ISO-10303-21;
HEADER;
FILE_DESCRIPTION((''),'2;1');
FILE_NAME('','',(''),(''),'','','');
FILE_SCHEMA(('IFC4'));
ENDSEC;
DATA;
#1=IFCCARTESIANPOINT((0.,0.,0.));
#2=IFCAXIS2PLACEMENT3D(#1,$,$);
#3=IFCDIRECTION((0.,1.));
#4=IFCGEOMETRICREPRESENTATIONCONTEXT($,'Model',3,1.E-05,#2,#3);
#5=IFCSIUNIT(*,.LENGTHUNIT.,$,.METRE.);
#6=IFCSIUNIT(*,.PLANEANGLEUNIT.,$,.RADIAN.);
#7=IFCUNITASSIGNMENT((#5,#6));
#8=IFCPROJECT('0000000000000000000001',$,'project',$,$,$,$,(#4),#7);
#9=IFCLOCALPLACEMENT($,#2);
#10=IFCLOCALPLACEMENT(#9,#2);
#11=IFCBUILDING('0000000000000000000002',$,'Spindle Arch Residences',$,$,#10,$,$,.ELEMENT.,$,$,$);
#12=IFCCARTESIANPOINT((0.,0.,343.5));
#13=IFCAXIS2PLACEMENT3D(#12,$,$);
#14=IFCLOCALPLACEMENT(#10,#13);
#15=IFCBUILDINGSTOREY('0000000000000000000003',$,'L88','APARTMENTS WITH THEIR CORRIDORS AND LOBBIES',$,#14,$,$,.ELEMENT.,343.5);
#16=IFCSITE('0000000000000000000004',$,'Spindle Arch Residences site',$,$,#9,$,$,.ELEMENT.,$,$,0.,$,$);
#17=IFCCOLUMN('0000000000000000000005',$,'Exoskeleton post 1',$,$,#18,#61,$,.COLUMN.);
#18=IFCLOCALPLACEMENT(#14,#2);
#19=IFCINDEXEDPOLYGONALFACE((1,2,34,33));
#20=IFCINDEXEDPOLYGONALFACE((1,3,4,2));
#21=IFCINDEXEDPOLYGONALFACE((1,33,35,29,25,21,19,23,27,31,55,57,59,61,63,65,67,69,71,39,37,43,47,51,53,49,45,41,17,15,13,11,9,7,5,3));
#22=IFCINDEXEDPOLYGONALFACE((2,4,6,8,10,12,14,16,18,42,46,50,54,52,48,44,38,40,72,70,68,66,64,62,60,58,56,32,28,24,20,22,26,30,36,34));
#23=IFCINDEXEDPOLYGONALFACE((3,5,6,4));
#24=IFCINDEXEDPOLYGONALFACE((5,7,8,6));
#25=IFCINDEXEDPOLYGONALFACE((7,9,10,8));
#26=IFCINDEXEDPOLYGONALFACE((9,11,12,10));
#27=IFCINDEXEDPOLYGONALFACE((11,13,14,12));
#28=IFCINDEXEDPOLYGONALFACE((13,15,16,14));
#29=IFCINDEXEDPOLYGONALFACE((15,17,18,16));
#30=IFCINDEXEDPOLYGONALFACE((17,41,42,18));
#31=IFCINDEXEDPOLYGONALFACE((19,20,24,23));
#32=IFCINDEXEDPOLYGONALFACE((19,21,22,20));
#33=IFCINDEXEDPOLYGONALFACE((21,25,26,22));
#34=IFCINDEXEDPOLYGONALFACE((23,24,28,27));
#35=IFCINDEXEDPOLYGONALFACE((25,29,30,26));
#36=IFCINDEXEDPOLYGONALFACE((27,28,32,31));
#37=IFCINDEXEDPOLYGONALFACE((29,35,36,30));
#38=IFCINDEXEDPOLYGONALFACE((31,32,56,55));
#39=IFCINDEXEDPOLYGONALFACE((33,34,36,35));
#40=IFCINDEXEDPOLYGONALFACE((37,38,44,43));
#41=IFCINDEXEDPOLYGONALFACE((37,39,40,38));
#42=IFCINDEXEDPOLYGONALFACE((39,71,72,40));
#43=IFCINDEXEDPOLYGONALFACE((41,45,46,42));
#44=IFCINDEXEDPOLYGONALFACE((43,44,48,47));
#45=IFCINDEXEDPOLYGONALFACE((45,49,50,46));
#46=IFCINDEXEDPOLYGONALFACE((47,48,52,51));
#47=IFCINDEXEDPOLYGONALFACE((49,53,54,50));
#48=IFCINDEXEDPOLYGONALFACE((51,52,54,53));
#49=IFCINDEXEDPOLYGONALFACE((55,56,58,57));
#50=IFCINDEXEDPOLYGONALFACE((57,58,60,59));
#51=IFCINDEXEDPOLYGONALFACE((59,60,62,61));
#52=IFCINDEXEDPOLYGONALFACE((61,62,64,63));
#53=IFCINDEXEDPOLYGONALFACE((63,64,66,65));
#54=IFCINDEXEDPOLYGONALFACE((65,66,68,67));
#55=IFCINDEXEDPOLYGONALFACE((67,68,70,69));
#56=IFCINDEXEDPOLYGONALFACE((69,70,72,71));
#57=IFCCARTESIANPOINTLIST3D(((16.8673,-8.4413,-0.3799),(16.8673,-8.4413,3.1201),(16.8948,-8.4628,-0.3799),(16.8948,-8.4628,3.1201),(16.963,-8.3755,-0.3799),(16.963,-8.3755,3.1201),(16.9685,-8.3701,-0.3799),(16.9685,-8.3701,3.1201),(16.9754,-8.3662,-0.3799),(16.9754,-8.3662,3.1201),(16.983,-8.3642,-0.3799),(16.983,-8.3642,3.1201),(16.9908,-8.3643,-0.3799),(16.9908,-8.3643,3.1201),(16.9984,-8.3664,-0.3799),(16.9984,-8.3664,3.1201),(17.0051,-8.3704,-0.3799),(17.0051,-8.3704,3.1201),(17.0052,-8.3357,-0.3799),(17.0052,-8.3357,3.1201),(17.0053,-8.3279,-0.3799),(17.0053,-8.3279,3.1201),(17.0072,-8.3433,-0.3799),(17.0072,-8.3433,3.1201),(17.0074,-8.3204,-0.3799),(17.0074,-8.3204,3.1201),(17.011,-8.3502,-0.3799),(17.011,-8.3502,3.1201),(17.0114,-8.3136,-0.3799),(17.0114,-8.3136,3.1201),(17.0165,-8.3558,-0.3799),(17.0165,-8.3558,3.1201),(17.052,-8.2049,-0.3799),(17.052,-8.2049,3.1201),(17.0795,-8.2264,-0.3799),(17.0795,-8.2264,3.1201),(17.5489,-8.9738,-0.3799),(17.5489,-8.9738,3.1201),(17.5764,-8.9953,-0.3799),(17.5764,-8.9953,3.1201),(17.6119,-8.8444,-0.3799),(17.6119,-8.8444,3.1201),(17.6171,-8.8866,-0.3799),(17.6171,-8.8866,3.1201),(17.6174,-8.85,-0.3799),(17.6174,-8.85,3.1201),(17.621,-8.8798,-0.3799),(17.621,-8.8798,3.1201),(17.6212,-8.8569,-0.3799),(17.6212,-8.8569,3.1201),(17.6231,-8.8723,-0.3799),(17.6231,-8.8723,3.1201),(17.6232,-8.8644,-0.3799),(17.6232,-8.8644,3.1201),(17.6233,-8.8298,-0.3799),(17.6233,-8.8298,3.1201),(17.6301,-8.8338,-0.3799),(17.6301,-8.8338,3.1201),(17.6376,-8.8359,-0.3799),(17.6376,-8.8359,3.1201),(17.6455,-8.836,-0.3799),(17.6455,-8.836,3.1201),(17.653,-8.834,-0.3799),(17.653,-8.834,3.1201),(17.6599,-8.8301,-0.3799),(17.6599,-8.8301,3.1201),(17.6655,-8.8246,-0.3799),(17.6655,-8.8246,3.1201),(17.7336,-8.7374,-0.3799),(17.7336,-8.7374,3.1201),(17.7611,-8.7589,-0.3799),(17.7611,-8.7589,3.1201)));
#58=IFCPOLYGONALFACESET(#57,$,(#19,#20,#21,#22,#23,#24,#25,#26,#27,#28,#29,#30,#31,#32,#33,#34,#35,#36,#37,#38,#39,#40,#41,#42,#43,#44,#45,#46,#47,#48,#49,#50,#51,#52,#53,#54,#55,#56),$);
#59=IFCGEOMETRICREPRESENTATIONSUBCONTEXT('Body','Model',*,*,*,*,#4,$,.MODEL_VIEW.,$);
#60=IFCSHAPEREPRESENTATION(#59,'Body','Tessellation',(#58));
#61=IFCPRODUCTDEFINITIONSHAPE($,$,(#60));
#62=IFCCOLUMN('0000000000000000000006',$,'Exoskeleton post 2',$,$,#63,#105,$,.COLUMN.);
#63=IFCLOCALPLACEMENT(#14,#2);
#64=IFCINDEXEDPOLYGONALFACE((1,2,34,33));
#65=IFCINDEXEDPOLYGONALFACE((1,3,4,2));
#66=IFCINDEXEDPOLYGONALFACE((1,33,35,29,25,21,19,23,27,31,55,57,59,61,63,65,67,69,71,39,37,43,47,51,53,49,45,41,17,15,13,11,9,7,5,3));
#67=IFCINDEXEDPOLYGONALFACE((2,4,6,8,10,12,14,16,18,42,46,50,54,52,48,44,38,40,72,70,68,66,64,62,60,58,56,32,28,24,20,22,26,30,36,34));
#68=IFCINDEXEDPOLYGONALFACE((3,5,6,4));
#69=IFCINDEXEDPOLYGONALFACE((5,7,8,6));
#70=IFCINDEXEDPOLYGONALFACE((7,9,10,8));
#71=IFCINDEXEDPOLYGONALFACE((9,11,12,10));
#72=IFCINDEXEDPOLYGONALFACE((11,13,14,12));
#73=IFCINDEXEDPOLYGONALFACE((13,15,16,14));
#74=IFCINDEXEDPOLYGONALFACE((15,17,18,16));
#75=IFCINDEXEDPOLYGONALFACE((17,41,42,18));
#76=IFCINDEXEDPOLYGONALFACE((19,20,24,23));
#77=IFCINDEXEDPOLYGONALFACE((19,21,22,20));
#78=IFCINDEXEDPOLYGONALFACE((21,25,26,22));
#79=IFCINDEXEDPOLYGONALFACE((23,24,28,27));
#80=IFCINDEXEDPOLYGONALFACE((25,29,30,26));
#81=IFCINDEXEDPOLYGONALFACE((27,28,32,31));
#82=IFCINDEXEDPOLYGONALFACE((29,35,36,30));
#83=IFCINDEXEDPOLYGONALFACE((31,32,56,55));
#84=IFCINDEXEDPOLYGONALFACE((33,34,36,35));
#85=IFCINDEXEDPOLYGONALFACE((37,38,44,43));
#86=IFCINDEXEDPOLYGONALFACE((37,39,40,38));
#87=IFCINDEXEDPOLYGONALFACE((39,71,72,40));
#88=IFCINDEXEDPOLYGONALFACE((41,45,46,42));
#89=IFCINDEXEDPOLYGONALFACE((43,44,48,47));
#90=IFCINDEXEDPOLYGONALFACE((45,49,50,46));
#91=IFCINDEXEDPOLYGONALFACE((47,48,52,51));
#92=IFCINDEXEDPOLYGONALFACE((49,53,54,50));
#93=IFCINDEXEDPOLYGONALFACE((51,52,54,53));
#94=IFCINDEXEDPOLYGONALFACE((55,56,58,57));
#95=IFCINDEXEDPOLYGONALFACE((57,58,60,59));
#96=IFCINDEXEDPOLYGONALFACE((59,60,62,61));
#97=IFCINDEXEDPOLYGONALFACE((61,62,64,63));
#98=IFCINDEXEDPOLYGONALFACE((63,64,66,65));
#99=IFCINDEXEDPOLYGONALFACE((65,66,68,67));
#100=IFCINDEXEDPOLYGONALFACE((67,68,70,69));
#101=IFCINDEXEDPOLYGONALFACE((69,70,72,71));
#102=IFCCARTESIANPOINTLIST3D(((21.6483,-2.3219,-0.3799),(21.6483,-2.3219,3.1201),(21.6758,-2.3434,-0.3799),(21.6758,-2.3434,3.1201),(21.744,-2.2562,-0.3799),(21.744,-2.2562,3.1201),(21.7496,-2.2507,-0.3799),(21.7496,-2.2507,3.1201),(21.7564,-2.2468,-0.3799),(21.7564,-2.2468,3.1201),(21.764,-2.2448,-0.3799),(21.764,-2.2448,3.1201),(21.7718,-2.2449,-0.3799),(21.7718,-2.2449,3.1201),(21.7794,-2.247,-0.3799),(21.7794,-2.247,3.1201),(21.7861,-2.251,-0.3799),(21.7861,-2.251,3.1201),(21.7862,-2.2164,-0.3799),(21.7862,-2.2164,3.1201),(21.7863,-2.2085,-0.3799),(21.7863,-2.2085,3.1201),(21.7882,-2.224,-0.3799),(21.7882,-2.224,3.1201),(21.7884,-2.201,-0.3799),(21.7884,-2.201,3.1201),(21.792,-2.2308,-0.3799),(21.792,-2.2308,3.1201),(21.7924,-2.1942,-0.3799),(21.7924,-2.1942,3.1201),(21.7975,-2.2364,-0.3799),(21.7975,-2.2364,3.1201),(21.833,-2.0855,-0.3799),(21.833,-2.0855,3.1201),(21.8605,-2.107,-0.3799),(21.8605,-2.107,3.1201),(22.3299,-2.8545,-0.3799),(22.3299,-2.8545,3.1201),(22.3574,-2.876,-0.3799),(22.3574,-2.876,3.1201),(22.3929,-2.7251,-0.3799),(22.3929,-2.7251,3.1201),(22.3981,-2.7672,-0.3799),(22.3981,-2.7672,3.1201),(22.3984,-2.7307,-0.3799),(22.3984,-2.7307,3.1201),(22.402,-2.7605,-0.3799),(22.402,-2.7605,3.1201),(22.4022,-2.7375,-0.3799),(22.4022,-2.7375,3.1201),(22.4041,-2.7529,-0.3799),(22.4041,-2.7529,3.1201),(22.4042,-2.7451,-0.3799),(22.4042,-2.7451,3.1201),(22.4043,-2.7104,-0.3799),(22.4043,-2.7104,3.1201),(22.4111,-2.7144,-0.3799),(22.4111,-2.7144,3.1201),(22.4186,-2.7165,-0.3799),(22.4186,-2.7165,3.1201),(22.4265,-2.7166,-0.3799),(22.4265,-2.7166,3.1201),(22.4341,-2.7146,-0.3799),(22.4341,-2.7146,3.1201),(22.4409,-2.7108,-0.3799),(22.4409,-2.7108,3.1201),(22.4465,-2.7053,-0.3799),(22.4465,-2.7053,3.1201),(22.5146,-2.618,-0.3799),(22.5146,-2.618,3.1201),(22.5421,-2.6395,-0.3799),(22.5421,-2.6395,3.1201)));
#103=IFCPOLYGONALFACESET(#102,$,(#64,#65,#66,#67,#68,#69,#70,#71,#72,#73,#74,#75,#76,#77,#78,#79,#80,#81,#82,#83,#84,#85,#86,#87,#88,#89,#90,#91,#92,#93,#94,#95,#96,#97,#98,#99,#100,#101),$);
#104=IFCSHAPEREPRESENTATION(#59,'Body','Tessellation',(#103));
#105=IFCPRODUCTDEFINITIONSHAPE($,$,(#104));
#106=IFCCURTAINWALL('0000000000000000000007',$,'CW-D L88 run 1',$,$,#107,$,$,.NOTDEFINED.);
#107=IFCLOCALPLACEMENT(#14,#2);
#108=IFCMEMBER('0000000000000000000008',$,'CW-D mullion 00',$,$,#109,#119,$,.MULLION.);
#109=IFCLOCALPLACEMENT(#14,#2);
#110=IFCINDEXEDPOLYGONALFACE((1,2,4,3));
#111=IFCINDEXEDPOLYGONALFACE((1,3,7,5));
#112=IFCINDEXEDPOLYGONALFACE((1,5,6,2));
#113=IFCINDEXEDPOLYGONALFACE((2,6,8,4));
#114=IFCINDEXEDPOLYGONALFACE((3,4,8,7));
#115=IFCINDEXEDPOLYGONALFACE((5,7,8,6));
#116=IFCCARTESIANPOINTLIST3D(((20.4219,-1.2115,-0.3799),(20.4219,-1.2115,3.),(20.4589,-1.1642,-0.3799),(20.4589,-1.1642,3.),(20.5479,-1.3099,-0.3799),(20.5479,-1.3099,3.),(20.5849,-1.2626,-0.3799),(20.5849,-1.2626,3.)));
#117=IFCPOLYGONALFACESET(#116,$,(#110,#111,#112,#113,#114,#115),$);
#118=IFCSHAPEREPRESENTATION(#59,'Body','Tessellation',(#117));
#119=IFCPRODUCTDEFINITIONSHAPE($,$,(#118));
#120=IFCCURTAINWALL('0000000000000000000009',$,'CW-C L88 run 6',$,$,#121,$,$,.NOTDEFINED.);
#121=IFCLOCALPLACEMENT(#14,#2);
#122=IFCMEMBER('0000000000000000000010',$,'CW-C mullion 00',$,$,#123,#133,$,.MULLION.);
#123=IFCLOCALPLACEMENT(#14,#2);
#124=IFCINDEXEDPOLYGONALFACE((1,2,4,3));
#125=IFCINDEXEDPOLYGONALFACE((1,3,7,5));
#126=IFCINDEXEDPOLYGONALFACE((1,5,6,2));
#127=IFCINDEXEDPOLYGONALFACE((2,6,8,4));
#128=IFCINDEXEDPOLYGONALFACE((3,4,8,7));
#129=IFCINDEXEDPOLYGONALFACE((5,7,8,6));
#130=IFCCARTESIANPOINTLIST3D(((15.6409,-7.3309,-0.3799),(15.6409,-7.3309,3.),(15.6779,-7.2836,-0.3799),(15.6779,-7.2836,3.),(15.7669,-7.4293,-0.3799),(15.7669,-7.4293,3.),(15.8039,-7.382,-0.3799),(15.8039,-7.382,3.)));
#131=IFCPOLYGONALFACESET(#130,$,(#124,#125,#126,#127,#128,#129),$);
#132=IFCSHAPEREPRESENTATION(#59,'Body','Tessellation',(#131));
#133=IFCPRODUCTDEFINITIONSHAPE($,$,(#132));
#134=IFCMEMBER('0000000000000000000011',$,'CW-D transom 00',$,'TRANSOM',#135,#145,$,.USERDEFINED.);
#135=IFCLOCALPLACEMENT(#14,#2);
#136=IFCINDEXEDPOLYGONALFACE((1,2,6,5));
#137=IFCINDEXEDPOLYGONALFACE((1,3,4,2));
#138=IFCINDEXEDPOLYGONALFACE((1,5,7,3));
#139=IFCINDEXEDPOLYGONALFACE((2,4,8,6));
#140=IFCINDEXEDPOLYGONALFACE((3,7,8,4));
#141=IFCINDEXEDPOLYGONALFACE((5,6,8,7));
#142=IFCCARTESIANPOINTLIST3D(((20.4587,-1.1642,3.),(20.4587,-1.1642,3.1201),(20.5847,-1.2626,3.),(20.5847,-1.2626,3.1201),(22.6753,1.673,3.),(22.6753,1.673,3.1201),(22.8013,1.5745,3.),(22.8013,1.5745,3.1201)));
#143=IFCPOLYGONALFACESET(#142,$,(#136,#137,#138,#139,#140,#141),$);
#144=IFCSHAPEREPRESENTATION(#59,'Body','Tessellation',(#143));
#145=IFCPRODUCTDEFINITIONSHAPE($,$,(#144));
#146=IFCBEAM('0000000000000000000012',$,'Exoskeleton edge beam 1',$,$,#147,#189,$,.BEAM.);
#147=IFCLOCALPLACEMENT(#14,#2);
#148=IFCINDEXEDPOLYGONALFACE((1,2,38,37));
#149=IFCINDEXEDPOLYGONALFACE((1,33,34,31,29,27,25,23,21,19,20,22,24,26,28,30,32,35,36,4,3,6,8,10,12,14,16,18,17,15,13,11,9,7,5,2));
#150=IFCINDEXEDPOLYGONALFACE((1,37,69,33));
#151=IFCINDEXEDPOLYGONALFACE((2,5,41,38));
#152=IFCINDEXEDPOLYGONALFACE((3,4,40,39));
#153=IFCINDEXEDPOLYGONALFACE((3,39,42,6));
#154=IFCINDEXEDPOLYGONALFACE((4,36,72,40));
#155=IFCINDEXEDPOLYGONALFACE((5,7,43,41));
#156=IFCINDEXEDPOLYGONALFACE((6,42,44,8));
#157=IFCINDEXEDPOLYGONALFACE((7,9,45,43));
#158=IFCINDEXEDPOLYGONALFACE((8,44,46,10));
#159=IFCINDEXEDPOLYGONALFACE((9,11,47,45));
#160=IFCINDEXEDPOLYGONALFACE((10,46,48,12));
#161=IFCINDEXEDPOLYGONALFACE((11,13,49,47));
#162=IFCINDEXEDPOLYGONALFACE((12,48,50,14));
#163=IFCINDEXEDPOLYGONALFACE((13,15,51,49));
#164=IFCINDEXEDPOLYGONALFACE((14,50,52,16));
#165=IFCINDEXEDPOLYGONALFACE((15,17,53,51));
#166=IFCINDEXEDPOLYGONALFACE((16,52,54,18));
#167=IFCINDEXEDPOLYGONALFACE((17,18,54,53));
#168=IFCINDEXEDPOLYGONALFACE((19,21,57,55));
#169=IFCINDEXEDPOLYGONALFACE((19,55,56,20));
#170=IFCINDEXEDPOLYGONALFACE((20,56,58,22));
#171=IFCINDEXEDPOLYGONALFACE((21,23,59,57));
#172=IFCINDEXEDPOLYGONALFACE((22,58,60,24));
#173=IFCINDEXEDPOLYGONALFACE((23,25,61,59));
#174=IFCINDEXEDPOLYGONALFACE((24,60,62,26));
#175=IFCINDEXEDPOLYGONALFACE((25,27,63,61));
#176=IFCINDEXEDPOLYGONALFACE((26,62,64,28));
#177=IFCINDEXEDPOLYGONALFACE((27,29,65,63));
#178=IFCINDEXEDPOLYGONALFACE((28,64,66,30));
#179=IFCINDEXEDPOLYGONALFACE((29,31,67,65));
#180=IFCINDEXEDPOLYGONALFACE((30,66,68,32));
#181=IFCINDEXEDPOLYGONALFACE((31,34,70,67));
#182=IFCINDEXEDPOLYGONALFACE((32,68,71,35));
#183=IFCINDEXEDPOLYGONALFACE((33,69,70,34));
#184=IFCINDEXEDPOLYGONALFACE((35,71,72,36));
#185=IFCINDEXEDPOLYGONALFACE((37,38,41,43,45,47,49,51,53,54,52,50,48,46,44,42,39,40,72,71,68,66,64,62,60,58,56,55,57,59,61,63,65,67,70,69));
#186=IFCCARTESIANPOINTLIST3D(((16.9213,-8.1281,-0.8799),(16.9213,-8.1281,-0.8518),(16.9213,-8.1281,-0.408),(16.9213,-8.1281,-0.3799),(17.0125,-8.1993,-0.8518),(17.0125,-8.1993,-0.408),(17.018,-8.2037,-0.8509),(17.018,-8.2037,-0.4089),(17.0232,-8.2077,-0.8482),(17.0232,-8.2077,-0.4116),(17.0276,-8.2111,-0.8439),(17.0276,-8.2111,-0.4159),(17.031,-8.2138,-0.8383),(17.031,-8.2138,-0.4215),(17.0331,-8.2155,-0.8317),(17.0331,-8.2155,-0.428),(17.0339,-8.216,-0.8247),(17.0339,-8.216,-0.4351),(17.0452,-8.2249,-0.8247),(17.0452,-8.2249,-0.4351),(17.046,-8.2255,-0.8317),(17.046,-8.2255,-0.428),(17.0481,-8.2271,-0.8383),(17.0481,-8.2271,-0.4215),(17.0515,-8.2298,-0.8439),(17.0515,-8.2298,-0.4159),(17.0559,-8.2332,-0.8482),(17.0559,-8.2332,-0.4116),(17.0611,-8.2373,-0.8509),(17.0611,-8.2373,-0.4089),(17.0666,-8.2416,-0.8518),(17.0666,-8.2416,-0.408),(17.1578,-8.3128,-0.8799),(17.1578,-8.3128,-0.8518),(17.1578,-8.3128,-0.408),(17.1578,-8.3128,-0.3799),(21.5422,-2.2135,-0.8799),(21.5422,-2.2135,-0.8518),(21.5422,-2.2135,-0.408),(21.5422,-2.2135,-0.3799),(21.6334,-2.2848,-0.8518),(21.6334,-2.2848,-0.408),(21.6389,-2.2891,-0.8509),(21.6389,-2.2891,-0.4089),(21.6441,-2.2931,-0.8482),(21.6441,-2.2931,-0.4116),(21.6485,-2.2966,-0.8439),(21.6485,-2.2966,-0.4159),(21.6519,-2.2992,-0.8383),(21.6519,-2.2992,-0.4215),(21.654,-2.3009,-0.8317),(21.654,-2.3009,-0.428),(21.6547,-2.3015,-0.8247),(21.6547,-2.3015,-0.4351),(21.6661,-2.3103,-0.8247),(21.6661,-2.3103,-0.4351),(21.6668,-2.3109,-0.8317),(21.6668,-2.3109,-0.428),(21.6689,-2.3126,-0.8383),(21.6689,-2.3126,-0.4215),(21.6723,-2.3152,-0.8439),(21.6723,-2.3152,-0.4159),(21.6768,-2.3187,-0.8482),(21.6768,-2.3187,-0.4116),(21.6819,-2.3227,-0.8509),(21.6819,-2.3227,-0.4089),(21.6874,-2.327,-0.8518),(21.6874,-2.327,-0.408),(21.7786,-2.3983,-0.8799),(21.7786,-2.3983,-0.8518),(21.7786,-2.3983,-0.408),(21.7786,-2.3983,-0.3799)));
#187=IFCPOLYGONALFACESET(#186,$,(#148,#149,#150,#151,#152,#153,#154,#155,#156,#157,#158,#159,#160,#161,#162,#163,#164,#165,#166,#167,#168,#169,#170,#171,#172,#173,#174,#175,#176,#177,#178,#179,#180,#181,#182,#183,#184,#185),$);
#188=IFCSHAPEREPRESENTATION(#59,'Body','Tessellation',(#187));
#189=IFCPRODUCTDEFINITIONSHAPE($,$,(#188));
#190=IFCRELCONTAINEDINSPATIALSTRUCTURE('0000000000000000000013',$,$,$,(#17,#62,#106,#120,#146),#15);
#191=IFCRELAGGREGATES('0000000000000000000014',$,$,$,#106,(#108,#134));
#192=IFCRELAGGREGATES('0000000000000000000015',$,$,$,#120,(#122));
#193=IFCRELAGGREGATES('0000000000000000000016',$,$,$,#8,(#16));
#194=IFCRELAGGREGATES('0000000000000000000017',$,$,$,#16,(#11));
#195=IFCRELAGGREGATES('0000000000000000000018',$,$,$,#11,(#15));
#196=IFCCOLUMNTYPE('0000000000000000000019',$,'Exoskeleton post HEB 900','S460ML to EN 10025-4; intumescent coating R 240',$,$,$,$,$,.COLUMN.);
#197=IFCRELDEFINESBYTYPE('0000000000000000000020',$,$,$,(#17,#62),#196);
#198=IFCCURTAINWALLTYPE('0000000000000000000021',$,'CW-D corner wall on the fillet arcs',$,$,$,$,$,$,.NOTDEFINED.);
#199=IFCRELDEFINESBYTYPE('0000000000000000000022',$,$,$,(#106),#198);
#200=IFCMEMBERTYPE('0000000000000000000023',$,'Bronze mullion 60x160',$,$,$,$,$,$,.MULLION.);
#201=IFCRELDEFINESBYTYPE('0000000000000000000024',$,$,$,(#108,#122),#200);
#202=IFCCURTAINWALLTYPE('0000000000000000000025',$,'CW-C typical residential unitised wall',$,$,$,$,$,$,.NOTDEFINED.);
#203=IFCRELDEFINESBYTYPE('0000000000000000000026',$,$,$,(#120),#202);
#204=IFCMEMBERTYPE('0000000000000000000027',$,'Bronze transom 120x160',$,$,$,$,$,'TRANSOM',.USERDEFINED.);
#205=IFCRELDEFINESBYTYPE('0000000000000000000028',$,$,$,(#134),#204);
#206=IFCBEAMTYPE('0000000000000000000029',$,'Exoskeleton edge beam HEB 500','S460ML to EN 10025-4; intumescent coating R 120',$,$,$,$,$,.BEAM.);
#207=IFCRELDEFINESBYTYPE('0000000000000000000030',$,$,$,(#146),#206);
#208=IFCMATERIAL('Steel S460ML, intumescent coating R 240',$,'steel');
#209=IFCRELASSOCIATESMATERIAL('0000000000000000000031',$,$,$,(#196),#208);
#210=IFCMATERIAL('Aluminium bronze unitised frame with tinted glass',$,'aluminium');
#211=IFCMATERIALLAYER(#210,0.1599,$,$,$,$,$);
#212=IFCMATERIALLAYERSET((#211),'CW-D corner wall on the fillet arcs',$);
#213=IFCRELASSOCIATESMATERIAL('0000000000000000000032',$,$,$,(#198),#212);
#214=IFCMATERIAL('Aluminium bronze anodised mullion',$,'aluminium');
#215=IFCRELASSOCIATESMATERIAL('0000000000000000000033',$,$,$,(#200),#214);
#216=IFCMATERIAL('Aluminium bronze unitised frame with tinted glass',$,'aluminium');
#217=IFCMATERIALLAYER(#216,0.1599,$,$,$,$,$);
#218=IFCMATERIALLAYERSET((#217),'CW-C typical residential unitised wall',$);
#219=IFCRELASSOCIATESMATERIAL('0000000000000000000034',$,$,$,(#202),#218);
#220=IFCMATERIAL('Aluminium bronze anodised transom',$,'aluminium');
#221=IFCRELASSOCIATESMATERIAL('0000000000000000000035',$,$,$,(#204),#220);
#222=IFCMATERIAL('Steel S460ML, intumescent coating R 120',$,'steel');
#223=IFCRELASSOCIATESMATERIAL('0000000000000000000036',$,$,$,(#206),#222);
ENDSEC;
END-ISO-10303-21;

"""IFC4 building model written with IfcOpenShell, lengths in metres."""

from ifc_helpers import new_model, si_unit, direction, frame, origin, origin_2d, place, context, subcontext, project, spatial, rectangle, i_section, extrude, material, layer, layer_set, material_profile, profile_set, type_object, element, aggregate, save


model = new_model("IFC4")

# Units and contexts
model_context = context("Model", 3, precision=1e-05, world=origin(), true_north=direction((0.0, 1.0)))
body_context = subcontext(model_context, "Body", "Model", "MODEL_VIEW")
ifc_project = project(units=[si_unit("LENGTHUNIT", "METRE"), si_unit("PLANEANGLEUNIT", "RADIAN")], contexts=[model_context])

# Site, building, storey
site_placement = place(None, origin())
site = spatial("IfcSite", under=ifc_project, at=site_placement, Name="Spindle Arch Residences site", CompositionType="ELEMENT", RefElevation=0.0)
building_placement = place(site_placement, origin())
building = spatial("IfcBuilding", under=site, at=building_placement, Name="Spindle Arch Residences", CompositionType="ELEMENT")
storey_placement = place(building_placement, frame((0.0, 0.0, 343.5)))
storey = spatial("IfcBuildingStorey", under=building, at=storey_placement, Name="L88", Description="APARTMENTS WITH THEIR CORRIDORS AND LOBBIES", CompositionType="ELEMENT", Elevation=343.5)

# Columns
ifc_material_1 = material(Name="Steel S460ML, intumescent coating R 240", Category="steel")
ifc_material_profile_1 = material_profile(ifc_material_1, i_section(OverallWidth=0.3, OverallDepth=0.8999, WebThickness=0.0186, FlangeThickness=0.0349, FilletRadius=0.03, at=origin_2d()), Name="HEB 900")
ifc_profile_set_1 = profile_set([ifc_material_profile_1], Name="Steel S460ML, intumescent coating R 240")
column_type = type_object("IfcColumnType", Name="Exoskeleton post HEB 900", Description="S460ML to EN 10025-4; intumescent coating R 240", PredefinedType="COLUMN", material=ifc_profile_set_1)
for number, where, z_axis, x_axis, name in (
    (1, (17.3142, -8.6001, -0.3799), (0.0, 0.0, 1.0), (-0.615661, -0.788011, 0.0), "Exoskeleton post 1"),
    (2, (22.0952, -2.4807, -0.3799), (0.0, 0.0, 1.0), (-0.615661, -0.788011, 0.0), "Exoskeleton post 2"),
):
    element("IfcColumn", number, at=place(storey_placement, frame(where, z_axis=z_axis, x_axis=x_axis)), inside=storey, type_object=column_type, Name=name, PredefinedType="COLUMN", context=body_context, shape_type="SweptSolid", body=[
        extrude(i_section(OverallWidth=0.3, OverallDepth=0.8999, WebThickness=0.0186, FlangeThickness=0.0349, FilletRadius=0.03, at=origin_2d()), origin(), (0.0, 0.0, 1.0), 3.5),
    ])

# Curtain walls, members
ifc_material_2 = material(Name="Aluminium bronze unitised frame with tinted glass", Category="aluminium")
ifc_layer_1 = layer(ifc_material_2, 0.1599)
ifc_layer_set_1 = layer_set([ifc_layer_1], Name="CW-D corner wall on the fillet arcs")
curtain_wall_type_1 = type_object("IfcCurtainWallType", Name="CW-D corner wall on the fillet arcs", PredefinedType="NOTDEFINED", material=ifc_layer_set_1)
curtain_wall_1_placement = place(storey_placement, origin())
curtain_wall_1 = element("IfcCurtainWall", 3, at=curtain_wall_1_placement, inside=storey, type_object=curtain_wall_type_1, Name="CW-D L88 run 1", PredefinedType="NOTDEFINED")
ifc_material_3 = material(Name="Aluminium bronze anodised mullion", Category="aluminium")
ifc_material_profile_2 = material_profile(ifc_material_3, rectangle(XDim=0.1599, YDim=0.0601, at=origin_2d()), Name="MU 60x160")
ifc_profile_set_2 = profile_set([ifc_material_profile_2], Name="Aluminium bronze anodised mullion")
member_type_1 = type_object("IfcMemberType", Name="Bronze mullion 60x160", PredefinedType="MULLION", material=ifc_profile_set_2)
member_1_placement = place(storey_placement, frame((20.5034, -1.2371, -0.3799), z_axis=(0.0, 0.0, 1.0), x_axis=(-0.788011, 0.615661, 0.0)))
member_1 = element("IfcMember", 4, at=member_1_placement, type_object=member_type_1, Name="CW-D mullion 00", PredefinedType="MULLION", context=body_context, shape_type="SweptSolid", body=[
    extrude(rectangle(XDim=0.1599, YDim=0.0601, at=origin_2d()), origin(), (0.0, 0.0, 1.0), 3.3799),
])
ifc_material_4 = material(Name="Aluminium bronze unitised frame with tinted glass", Category="aluminium")
ifc_layer_2 = layer(ifc_material_4, 0.1599)
ifc_layer_set_2 = layer_set([ifc_layer_2], Name="CW-C typical residential unitised wall")
curtain_wall_type_2 = type_object("IfcCurtainWallType", Name="CW-C typical residential unitised wall", PredefinedType="NOTDEFINED", material=ifc_layer_set_2)
curtain_wall_2_placement = place(storey_placement, origin())
curtain_wall_2 = element("IfcCurtainWall", 5, at=curtain_wall_2_placement, inside=storey, type_object=curtain_wall_type_2, Name="CW-C L88 run 6", PredefinedType="NOTDEFINED")
member_2_placement = place(storey_placement, frame((15.7224, -7.3564, -0.3799), z_axis=(0.0, 0.0, 1.0), x_axis=(-0.788011, 0.615661, 0.0)))
member_2 = element("IfcMember", 6, at=member_2_placement, type_object=member_type_1, Name="CW-C mullion 00", PredefinedType="MULLION", context=body_context, shape_type="SweptSolid", body=[
    extrude(rectangle(XDim=0.1599, YDim=0.0601, at=origin_2d()), origin(), (0.0, 0.0, 1.0), 3.3799),
])

# Member
ifc_material_5 = material(Name="Aluminium bronze anodised transom", Category="aluminium")
ifc_material_profile_3 = material_profile(ifc_material_5, rectangle(XDim=0.1599, YDim=0.1201, at=origin_2d()), Name="TR 120x160")
ifc_profile_set_3 = profile_set([ifc_material_profile_3], Name="Aluminium bronze anodised transom")
member_type_2 = type_object("IfcMemberType", Name="Bronze transom 120x160", ElementType="TRANSOM", PredefinedType="USERDEFINED", material=ifc_profile_set_3)
member_3_placement = place(storey_placement, frame((20.5217, -1.2134, 3.0601), z_axis=(0.615648, 0.788021, 0.0), x_axis=(-0.788021, 0.615648, 0.0)))
member_3 = element("IfcMember", 7, at=member_3_placement, type_object=member_type_2, Name="CW-D transom 00", ObjectType="TRANSOM", PredefinedType="USERDEFINED", context=body_context, shape_type="SweptSolid", body=[
    extrude(rectangle(XDim=0.1599, YDim=0.1201, at=origin_2d()), origin(), (0.0, 0.0, 1.0), 3.6003),
])
aggregate(curtain_wall_1, [member_1, member_3])

# Beam
ifc_material_6 = material(Name="Steel S460ML, intumescent coating R 120", Category="steel")
ifc_material_profile_4 = material_profile(ifc_material_6, i_section(OverallWidth=0.3, OverallDepth=0.5, WebThickness=0.0144, FlangeThickness=0.0281, FilletRadius=0.0271, at=origin_2d()), Name="HEB 500")
ifc_profile_set_4 = profile_set([ifc_material_profile_4], Name="Steel S460ML, intumescent coating R 120")
beam_type_1 = type_object("IfcBeamType", Name="Exoskeleton edge beam HEB 500", Description="S460ML to EN 10025-4; intumescent coating R 120", PredefinedType="BEAM", material=ifc_profile_set_4)
beam_1_placement = place(storey_placement, frame((17.0396, -8.2205, -0.6299), z_axis=(0.615653, 0.788017, 0.0), x_axis=(-0.788017, 0.615653, 0.0)))
element("IfcBeam", 8, at=beam_1_placement, inside=storey, type_object=beam_type_1, Name="Exoskeleton edge beam 1", PredefinedType="BEAM", context=body_context, shape_type="SweptSolid", body=[
    extrude(i_section(OverallWidth=0.3, OverallDepth=0.5, WebThickness=0.0144, FlangeThickness=0.0281, FilletRadius=0.0271, at=origin_2d()), origin(), (0.0, 0.0, 1.0), 7.5056),
])

aggregate(curtain_wall_2, [member_2])

save(model, "model.ifc")
